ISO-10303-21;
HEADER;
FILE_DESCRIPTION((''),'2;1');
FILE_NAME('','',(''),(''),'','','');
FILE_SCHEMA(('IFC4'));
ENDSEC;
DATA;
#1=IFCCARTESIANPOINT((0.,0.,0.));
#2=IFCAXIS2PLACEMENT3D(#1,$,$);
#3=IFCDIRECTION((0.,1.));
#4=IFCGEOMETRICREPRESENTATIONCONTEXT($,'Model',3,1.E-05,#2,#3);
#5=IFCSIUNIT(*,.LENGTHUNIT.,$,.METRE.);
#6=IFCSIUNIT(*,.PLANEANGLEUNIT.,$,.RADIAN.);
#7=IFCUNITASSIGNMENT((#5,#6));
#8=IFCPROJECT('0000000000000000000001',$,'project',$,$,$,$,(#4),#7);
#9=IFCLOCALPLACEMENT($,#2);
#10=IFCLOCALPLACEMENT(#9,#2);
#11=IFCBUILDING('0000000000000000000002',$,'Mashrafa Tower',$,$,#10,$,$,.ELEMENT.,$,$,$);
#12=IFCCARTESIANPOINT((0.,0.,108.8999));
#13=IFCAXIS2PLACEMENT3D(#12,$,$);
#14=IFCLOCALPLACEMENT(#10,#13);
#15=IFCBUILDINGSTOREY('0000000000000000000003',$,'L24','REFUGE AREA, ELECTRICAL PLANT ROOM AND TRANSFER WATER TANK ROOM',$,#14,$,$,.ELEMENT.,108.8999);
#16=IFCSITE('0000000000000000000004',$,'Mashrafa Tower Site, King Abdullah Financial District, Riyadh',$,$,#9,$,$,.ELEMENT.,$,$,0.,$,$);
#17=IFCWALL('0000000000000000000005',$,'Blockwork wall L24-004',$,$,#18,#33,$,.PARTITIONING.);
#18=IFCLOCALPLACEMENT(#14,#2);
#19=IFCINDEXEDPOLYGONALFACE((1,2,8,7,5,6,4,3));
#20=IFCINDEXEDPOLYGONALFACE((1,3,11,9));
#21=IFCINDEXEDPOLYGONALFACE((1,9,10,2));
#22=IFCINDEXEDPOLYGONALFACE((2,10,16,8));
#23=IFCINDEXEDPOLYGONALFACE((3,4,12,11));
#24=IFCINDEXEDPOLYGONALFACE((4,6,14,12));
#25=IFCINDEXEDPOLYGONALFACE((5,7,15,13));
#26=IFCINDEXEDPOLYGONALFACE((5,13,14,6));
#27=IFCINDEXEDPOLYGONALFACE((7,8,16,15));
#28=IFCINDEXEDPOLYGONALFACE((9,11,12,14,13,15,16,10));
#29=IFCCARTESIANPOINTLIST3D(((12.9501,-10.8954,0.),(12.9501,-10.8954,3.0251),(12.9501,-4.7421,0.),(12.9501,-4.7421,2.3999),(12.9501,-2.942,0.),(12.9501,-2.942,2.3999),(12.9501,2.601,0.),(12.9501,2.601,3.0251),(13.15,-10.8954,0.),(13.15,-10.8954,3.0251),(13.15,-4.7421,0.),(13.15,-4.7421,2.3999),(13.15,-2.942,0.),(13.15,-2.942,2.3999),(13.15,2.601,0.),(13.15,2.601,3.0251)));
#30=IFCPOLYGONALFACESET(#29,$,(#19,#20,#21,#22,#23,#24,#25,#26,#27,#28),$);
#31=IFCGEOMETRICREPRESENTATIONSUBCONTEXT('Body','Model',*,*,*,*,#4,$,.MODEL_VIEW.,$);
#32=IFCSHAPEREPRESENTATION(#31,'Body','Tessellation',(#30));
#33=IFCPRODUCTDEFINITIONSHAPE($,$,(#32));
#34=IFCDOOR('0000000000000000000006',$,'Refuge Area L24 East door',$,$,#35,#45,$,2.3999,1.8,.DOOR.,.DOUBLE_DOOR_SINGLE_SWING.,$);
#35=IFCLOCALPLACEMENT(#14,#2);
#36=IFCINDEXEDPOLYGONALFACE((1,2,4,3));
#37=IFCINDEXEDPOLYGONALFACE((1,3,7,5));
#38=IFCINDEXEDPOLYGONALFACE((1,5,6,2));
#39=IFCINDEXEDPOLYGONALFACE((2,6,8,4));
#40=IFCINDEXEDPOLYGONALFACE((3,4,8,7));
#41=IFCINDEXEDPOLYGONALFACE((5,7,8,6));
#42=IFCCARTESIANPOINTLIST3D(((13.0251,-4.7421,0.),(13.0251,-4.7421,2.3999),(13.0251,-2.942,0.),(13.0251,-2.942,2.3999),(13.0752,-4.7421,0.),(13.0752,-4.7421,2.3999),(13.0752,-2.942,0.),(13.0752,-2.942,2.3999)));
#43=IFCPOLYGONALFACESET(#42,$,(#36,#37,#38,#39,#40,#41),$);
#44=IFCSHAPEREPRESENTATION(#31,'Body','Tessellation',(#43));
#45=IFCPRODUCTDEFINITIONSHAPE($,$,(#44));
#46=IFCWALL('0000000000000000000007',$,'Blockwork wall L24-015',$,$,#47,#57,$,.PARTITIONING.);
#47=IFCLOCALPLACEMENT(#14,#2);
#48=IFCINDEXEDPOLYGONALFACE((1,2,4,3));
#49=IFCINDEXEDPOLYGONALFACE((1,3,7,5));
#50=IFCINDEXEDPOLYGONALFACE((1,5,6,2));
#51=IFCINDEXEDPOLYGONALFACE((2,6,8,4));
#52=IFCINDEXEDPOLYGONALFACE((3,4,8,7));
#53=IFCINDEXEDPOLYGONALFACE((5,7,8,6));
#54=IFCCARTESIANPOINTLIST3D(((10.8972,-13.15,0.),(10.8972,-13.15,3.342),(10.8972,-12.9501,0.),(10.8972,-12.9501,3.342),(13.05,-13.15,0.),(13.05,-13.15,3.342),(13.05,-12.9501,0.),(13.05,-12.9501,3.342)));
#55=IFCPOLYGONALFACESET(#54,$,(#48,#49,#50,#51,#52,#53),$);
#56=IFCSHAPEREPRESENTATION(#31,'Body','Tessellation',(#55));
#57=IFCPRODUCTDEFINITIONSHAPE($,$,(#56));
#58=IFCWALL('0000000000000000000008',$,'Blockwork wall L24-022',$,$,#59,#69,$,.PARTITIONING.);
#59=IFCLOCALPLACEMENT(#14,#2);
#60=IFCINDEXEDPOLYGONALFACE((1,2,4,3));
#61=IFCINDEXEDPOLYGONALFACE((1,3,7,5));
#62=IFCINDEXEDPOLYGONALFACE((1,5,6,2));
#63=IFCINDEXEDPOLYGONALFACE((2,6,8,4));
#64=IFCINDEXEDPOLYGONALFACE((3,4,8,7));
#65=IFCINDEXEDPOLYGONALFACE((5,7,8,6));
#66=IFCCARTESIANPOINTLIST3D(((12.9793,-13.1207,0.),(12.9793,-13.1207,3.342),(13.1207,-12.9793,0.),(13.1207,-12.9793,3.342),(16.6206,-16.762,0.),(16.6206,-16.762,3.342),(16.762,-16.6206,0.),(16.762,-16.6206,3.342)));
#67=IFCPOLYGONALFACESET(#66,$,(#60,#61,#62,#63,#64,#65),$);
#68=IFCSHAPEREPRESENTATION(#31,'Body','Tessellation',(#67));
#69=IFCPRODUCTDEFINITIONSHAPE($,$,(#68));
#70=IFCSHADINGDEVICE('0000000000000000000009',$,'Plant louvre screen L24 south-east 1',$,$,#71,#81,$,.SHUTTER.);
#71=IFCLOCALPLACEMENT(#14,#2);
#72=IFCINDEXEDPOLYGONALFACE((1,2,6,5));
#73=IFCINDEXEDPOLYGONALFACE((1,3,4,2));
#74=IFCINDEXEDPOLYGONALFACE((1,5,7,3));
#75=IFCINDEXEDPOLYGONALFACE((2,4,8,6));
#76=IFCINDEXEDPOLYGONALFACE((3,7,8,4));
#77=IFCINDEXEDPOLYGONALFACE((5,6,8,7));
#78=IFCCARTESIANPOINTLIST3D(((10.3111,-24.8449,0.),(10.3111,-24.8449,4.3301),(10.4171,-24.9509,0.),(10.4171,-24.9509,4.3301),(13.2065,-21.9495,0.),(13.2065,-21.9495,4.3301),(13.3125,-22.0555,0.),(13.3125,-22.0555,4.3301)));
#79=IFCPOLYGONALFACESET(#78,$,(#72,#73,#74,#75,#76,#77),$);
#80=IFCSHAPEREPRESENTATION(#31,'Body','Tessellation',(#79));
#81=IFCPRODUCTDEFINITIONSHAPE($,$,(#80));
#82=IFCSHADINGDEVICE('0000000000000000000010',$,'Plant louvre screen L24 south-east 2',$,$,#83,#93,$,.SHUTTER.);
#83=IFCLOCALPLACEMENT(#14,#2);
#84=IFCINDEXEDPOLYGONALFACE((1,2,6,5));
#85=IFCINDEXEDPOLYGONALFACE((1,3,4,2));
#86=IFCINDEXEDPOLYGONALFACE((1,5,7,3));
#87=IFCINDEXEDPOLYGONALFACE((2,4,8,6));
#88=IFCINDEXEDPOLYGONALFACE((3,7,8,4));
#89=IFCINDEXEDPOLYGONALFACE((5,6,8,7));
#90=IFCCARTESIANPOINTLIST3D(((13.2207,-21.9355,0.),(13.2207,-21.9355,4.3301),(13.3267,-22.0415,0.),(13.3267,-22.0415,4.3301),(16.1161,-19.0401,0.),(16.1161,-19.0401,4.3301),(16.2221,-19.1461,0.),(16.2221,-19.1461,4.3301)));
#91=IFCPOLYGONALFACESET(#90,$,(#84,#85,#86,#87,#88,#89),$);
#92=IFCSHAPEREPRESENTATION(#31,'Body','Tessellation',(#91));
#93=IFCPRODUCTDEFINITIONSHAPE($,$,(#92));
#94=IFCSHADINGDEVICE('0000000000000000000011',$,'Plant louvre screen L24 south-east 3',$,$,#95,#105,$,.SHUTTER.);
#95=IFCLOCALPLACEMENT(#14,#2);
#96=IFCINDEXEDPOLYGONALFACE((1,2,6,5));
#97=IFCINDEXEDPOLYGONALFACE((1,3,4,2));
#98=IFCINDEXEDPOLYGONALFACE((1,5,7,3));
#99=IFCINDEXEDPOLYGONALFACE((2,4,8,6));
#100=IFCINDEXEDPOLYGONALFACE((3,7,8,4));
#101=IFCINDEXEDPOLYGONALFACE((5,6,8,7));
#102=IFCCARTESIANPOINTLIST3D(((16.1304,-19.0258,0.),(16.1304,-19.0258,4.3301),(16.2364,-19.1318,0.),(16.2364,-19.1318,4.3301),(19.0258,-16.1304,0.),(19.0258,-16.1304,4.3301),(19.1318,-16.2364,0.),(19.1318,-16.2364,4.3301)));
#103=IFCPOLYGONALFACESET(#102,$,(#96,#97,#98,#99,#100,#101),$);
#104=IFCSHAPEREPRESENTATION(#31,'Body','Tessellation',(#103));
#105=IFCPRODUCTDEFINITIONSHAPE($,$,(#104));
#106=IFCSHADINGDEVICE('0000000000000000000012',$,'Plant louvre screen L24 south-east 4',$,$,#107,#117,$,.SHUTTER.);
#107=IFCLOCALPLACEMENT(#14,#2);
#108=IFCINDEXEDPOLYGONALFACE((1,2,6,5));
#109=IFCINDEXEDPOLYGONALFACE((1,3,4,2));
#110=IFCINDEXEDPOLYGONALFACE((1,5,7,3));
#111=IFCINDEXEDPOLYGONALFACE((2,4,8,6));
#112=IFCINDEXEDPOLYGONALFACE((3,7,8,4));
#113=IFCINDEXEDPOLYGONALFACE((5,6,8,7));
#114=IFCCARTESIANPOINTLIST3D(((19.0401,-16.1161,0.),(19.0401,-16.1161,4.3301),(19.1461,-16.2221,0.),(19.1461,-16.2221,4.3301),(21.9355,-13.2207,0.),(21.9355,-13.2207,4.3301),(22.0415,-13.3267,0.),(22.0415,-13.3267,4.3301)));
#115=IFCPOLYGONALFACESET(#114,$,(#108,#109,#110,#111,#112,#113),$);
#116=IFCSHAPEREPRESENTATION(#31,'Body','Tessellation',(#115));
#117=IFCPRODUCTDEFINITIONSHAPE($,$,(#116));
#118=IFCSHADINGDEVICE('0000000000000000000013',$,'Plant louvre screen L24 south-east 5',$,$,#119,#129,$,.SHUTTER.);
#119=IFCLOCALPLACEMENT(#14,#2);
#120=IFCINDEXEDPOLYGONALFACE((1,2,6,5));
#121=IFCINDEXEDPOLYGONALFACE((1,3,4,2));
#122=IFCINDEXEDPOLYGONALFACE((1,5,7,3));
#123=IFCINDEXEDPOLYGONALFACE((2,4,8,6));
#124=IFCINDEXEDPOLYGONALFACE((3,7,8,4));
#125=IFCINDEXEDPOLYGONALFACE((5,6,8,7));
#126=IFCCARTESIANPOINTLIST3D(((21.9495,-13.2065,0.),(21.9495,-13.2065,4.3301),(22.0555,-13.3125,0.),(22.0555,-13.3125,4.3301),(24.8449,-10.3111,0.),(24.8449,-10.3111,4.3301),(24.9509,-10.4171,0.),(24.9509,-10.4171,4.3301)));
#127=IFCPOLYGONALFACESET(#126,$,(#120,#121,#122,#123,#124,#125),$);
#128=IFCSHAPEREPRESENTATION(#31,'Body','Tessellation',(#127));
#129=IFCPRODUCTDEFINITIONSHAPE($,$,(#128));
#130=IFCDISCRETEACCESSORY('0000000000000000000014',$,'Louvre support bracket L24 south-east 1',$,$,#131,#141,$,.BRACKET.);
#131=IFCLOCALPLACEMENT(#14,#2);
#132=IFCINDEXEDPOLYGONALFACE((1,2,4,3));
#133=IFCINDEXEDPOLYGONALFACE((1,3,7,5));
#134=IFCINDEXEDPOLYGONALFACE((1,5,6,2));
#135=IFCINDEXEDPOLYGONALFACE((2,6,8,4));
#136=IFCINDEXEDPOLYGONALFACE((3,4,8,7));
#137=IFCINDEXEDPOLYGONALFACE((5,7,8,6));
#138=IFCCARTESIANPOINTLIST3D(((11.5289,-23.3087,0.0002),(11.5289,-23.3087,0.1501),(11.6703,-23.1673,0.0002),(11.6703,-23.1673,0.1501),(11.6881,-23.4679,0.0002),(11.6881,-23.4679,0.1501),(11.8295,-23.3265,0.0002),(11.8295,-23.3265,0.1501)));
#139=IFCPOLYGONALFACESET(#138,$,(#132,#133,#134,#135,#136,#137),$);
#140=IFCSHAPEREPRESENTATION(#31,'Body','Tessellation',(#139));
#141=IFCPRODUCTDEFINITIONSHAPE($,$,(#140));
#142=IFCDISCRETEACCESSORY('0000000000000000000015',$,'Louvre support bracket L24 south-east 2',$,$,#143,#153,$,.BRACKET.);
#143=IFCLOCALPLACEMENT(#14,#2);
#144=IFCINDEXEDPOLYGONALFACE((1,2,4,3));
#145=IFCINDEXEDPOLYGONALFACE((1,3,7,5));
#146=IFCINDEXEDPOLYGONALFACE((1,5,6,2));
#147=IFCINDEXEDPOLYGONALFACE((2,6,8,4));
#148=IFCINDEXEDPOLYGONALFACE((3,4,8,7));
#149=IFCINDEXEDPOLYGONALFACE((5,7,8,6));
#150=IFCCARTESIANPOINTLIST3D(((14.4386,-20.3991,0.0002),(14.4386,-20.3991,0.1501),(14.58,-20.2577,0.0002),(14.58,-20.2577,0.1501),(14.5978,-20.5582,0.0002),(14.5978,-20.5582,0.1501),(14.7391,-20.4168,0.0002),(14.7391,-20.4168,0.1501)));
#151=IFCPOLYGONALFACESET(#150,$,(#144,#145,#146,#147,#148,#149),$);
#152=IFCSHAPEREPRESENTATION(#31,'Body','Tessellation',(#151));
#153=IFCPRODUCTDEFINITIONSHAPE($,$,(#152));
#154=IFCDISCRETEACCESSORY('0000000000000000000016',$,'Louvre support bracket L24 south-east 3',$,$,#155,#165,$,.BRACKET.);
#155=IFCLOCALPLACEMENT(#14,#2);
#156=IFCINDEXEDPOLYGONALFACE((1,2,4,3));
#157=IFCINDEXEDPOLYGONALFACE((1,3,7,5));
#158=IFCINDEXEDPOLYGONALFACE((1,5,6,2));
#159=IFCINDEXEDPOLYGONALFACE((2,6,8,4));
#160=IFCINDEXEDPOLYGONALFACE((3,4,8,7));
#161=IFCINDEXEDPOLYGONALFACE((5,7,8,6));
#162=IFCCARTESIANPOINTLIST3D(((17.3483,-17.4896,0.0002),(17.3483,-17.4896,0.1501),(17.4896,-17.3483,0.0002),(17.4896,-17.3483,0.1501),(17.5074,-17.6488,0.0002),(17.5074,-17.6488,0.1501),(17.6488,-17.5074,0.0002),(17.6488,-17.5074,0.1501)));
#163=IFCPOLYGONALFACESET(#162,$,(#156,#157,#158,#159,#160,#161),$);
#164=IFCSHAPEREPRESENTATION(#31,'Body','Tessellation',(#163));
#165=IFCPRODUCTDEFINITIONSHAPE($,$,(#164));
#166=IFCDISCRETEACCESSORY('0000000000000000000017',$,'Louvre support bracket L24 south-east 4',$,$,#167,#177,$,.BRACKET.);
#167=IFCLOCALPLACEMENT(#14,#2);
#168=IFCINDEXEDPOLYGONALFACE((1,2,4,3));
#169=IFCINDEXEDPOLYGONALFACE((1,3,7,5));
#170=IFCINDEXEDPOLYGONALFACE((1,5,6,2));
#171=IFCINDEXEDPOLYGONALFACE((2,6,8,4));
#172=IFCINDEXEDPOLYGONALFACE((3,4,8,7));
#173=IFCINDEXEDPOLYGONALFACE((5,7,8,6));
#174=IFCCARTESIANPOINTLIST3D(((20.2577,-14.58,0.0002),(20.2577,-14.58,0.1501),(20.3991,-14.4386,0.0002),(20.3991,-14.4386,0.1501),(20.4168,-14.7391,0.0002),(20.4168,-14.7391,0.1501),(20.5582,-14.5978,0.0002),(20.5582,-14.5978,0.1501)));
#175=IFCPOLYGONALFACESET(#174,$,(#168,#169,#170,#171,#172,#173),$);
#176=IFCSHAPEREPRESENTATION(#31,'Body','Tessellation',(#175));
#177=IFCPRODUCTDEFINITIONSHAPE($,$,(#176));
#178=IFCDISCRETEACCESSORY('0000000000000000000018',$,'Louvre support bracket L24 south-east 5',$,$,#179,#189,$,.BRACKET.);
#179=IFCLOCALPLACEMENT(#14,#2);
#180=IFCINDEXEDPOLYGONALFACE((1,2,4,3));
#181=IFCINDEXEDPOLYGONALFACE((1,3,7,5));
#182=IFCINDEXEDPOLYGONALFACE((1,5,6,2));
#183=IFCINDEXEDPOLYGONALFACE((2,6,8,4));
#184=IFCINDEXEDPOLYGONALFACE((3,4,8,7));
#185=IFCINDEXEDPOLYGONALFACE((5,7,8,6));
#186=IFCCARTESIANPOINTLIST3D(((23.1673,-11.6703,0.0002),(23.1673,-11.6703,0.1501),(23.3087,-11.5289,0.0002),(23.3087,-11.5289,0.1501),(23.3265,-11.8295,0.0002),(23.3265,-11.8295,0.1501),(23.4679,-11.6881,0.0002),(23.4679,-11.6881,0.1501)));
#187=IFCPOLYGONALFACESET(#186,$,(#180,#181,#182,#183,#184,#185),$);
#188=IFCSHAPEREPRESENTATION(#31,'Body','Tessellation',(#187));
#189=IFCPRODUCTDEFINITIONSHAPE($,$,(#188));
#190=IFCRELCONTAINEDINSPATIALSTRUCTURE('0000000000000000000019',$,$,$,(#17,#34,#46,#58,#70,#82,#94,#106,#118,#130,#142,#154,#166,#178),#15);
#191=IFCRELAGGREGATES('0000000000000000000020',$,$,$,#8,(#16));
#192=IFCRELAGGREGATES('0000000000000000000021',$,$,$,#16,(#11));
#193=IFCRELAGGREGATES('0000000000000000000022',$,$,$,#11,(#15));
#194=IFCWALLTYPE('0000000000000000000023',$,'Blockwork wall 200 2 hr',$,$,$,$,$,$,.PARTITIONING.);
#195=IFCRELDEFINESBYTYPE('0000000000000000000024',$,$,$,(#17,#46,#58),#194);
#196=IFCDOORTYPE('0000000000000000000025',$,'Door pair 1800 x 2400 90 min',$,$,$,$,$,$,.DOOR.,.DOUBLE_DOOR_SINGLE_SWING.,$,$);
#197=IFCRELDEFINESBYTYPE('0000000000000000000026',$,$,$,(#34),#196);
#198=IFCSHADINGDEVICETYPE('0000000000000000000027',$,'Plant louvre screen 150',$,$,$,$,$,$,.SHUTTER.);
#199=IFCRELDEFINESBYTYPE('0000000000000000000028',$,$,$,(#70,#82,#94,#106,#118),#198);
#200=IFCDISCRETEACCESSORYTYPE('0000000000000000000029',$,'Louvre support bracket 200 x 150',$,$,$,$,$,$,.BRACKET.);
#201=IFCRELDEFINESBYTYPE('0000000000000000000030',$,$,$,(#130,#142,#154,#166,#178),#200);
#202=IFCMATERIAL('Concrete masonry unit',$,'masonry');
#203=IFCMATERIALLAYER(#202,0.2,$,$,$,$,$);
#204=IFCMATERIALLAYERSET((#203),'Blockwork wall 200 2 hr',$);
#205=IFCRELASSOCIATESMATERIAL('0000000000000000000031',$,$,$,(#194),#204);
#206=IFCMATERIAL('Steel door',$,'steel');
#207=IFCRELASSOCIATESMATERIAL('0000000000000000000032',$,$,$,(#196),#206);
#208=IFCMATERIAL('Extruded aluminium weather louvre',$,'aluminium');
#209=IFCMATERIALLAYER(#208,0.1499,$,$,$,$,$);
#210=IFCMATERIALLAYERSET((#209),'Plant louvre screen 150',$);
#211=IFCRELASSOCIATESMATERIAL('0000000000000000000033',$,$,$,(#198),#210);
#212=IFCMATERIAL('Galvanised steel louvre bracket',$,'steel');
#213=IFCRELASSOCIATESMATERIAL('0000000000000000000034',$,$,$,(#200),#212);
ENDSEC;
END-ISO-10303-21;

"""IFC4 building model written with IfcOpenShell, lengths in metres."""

from ifc_helpers import new_model, si_unit, direction, frame, frame_2d, origin, origin_2d, place, context, subcontext, project, spatial, rectangle, extrude, source, transform, mapped, material, layer, layer_set, type_object, type_shapes, element, fill, save


model = new_model("IFC4")

# Units and contexts
model_context = context("Model", 3, precision=1e-05, world=origin(), true_north=direction((0.0, 1.0)))
body_context = subcontext(model_context, "Body", "Model", "MODEL_VIEW")
ifc_project = project(units=[si_unit("LENGTHUNIT", "METRE"), si_unit("PLANEANGLEUNIT", "RADIAN")], contexts=[model_context])

# Site, building, storey
site_placement = place(None, origin())
site = spatial("IfcSite", under=ifc_project, at=site_placement, Name="Mashrafa Tower Site, King Abdullah Financial District, Riyadh", CompositionType="ELEMENT", RefElevation=0.0)
building_placement = place(site_placement, origin())
building = spatial("IfcBuilding", under=site, at=building_placement, Name="Mashrafa Tower", CompositionType="ELEMENT")
storey_placement = place(building_placement, frame((0.0, 0.0, 108.8999)))
storey = spatial("IfcBuildingStorey", under=building, at=storey_placement, Name="L24", Description="REFUGE AREA, ELECTRICAL PLANT ROOM AND TRANSFER WATER TANK ROOM", CompositionType="ELEMENT", Elevation=108.8999)

# Shared definitions
ifc_material_1 = material(Name="Concrete masonry unit", Category="masonry")
ifc_layer_1 = layer(ifc_material_1, 0.2)
ifc_layer_set_1 = layer_set([ifc_layer_1], Name="Blockwork wall 200 2 hr")
wall_type = type_object("IfcWallType", Name="Blockwork wall 200 2 hr", PredefinedType="PARTITIONING", material=ifc_layer_set_1)

# Wall, opening, door
wall_1_placement = place(storey_placement, frame((13.05, -10.8953, 0.0), z_axis=(0.0, 0.0, 1.0), x_axis=(0.0, 1.0, 0.0)))
wall_1 = element("IfcWall", 1, at=wall_1_placement, inside=storey, type_object=wall_type, Name="Blockwork wall L24-004", PredefinedType="PARTITIONING", context=body_context, shape_type="SweptSolid", body=[
    extrude(rectangle(XDim=13.4963, YDim=0.2, at=frame_2d((6.748, 0.0))), origin(), (0.0, 0.0, 1.0), 3.0251),
])
opening_placement = place(wall_1_placement, frame((6.1533, 0.0, 0.0)))
opening = element("IfcOpeningElement", 2, at=opening_placement, cuts=wall_1, PredefinedType="OPENING", context=body_context, shape_type="SweptSolid", body=[
    extrude(rectangle(XDim=1.8, YDim=2.3999, at=frame_2d((0.8999, 1.2))), frame((0.0, 0.1099, 0.0), z_axis=(0.0, -1.0, 0.0), x_axis=(1.0, 0.0, 0.0)), (0.0, 0.0, 1.0), 0.22),
])
ifc_material_2 = material(Name="Steel door", Category="steel")
door_type = type_object("IfcDoorType", Name="Door pair 1800 x 2400 90 min", OperationType="DOUBLE_DOOR_SINGLE_SWING", PredefinedType="DOOR", material=ifc_material_2)
door_placement = place(opening_placement, origin())
door = element("IfcDoor", 3, at=door_placement, inside=storey, type_object=door_type, Name="Refuge Area L24 East door", OperationType="DOUBLE_DOOR_SINGLE_SWING", OverallHeight=2.3999, OverallWidth=1.8, PredefinedType="DOOR", context=body_context, shape_type="SweptSolid", body=[
    extrude(rectangle(XDim=1.8, YDim=2.3999, at=frame_2d((0.8999, 1.2))), frame((0.0, 0.0249, 0.0), z_axis=(0.0, -1.0, 0.0), x_axis=(1.0, 0.0, 0.0)), (0.0, 0.0, 1.0), 0.05),
])
fill(opening, door)

# Walls
wall_2_placement = place(storey_placement, frame((10.8972, -13.05, 0.0), z_axis=(0.0, 0.0, 1.0), x_axis=(1.0, 0.0, 0.0)))
element("IfcWall", 4, at=wall_2_placement, inside=storey, type_object=wall_type, Name="Blockwork wall L24-015", PredefinedType="PARTITIONING", context=body_context, shape_type="SweptSolid", body=[
    extrude(rectangle(XDim=2.1528, YDim=0.2, at=frame_2d((1.0764, 0.0))), origin(), (0.0, 0.0, 1.0), 3.342),
])
wall_3_placement = place(storey_placement, frame((13.05, -13.05, 0.0), z_axis=(0.0, 0.0, 1.0), x_axis=(0.707107, -0.707107, 0.0)))
element("IfcWall", 5, at=wall_3_placement, inside=storey, type_object=wall_type, Name="Blockwork wall L24-022", PredefinedType="PARTITIONING", context=body_context, shape_type="SweptSolid", body=[
    extrude(rectangle(XDim=5.1497, YDim=0.2, at=frame_2d((2.5747, 0.0))), origin(), (0.0, 0.0, 1.0), 3.342),
])

# Shading devices
ifc_material_3 = material(Name="Extruded aluminium weather louvre", Category="aluminium")
ifc_layer_2 = layer(ifc_material_3, 0.1499)
ifc_layer_set_2 = layer_set([ifc_layer_2], Name="Plant louvre screen 150")
shading_device_type = type_object("IfcShadingDeviceType", Name="Plant louvre screen 150", PredefinedType="SHUTTER", material=ifc_layer_set_2)
shared_shape_1 = source(origin(), body_context, "Body", "SweptSolid", [
    extrude(rectangle(XDim=4.0947, YDim=0.1499, at=origin_2d()), origin(), (0.0, 0.0, 1.0), 4.3301),
])
type_shapes(shading_device_type, [shared_shape_1])
for number, where, z_axis, x_axis, name in (
    (6, (11.8118, -23.4502, 0.0), (0.0, 0.0, 1.0), (0.707107, 0.707107, 0.0), "Plant louvre screen L24 south-east 1"),
    (7, (14.7214, -20.5408, 0.0), (0.0, 0.0, 1.0), (0.707107, 0.707107, 0.0), "Plant louvre screen L24 south-east 2"),
    (8, (17.6311, -17.6311, 0.0), (0.0, 0.0, 1.0), (0.707107, 0.707107, 0.0), "Plant louvre screen L24 south-east 3"),
    (9, (20.5408, -14.7214, 0.0), (0.0, 0.0, 1.0), (0.707107, 0.707107, 0.0), "Plant louvre screen L24 south-east 4"),
    (10, (23.4502, -11.8118, 0.0), (0.0, 0.0, 1.0), (0.707107, 0.707107, 0.0), "Plant louvre screen L24 south-east 5"),
):
    element("IfcShadingDevice", number, at=place(storey_placement, frame(where, z_axis=z_axis, x_axis=x_axis)), inside=storey, type_object=shading_device_type, Name=name, PredefinedType="SHUTTER", context=body_context, shape_type="MappedRepresentation", body=[
        mapped(shared_shape_1, transform((0.0, 0.0, 0.0))),
    ])

# Discrete accessories
ifc_material_4 = material(Name="Galvanised steel louvre bracket", Category="steel")
discrete_accessory_type = type_object("IfcDiscreteAccessoryType", Name="Louvre support bracket 200 x 150", PredefinedType="BRACKET", material=ifc_material_4)
shared_shape_2 = source(origin(), body_context, "Body", "SweptSolid", [
    extrude(rectangle(XDim=0.2, YDim=0.2251, at=origin_2d()), origin(), (0.0, 0.0, 1.0), 0.1499),
])
type_shapes(discrete_accessory_type, [shared_shape_2])
for number, where, z_axis, x_axis, name in (
    (11, (11.6792, -23.3176, 0.0002), (0.0, 0.0, 1.0), (0.707107, 0.707107, 0.0), "Louvre support bracket L24 south-east 1"),
    (12, (14.5889, -20.408, 0.0002), (0.0, 0.0, 1.0), (0.707107, 0.707107, 0.0), "Louvre support bracket L24 south-east 2"),
    (13, (17.4985, -17.4985, 0.0002), (0.0, 0.0, 1.0), (0.707107, 0.707107, 0.0), "Louvre support bracket L24 south-east 3"),
    (14, (20.408, -14.5889, 0.0002), (0.0, 0.0, 1.0), (0.707107, 0.707107, 0.0), "Louvre support bracket L24 south-east 4"),
    (15, (23.3176, -11.6792, 0.0002), (0.0, 0.0, 1.0), (0.707107, 0.707107, 0.0), "Louvre support bracket L24 south-east 5"),
):
    element("IfcDiscreteAccessory", number, at=place(storey_placement, frame(where, z_axis=z_axis, x_axis=x_axis)), inside=storey, type_object=discrete_accessory_type, Name=name, PredefinedType="BRACKET", context=body_context, shape_type="MappedRepresentation", body=[
        mapped(shared_shape_2, transform((0.0, 0.0, 0.0))),
    ])

save(model, "model.ifc")
